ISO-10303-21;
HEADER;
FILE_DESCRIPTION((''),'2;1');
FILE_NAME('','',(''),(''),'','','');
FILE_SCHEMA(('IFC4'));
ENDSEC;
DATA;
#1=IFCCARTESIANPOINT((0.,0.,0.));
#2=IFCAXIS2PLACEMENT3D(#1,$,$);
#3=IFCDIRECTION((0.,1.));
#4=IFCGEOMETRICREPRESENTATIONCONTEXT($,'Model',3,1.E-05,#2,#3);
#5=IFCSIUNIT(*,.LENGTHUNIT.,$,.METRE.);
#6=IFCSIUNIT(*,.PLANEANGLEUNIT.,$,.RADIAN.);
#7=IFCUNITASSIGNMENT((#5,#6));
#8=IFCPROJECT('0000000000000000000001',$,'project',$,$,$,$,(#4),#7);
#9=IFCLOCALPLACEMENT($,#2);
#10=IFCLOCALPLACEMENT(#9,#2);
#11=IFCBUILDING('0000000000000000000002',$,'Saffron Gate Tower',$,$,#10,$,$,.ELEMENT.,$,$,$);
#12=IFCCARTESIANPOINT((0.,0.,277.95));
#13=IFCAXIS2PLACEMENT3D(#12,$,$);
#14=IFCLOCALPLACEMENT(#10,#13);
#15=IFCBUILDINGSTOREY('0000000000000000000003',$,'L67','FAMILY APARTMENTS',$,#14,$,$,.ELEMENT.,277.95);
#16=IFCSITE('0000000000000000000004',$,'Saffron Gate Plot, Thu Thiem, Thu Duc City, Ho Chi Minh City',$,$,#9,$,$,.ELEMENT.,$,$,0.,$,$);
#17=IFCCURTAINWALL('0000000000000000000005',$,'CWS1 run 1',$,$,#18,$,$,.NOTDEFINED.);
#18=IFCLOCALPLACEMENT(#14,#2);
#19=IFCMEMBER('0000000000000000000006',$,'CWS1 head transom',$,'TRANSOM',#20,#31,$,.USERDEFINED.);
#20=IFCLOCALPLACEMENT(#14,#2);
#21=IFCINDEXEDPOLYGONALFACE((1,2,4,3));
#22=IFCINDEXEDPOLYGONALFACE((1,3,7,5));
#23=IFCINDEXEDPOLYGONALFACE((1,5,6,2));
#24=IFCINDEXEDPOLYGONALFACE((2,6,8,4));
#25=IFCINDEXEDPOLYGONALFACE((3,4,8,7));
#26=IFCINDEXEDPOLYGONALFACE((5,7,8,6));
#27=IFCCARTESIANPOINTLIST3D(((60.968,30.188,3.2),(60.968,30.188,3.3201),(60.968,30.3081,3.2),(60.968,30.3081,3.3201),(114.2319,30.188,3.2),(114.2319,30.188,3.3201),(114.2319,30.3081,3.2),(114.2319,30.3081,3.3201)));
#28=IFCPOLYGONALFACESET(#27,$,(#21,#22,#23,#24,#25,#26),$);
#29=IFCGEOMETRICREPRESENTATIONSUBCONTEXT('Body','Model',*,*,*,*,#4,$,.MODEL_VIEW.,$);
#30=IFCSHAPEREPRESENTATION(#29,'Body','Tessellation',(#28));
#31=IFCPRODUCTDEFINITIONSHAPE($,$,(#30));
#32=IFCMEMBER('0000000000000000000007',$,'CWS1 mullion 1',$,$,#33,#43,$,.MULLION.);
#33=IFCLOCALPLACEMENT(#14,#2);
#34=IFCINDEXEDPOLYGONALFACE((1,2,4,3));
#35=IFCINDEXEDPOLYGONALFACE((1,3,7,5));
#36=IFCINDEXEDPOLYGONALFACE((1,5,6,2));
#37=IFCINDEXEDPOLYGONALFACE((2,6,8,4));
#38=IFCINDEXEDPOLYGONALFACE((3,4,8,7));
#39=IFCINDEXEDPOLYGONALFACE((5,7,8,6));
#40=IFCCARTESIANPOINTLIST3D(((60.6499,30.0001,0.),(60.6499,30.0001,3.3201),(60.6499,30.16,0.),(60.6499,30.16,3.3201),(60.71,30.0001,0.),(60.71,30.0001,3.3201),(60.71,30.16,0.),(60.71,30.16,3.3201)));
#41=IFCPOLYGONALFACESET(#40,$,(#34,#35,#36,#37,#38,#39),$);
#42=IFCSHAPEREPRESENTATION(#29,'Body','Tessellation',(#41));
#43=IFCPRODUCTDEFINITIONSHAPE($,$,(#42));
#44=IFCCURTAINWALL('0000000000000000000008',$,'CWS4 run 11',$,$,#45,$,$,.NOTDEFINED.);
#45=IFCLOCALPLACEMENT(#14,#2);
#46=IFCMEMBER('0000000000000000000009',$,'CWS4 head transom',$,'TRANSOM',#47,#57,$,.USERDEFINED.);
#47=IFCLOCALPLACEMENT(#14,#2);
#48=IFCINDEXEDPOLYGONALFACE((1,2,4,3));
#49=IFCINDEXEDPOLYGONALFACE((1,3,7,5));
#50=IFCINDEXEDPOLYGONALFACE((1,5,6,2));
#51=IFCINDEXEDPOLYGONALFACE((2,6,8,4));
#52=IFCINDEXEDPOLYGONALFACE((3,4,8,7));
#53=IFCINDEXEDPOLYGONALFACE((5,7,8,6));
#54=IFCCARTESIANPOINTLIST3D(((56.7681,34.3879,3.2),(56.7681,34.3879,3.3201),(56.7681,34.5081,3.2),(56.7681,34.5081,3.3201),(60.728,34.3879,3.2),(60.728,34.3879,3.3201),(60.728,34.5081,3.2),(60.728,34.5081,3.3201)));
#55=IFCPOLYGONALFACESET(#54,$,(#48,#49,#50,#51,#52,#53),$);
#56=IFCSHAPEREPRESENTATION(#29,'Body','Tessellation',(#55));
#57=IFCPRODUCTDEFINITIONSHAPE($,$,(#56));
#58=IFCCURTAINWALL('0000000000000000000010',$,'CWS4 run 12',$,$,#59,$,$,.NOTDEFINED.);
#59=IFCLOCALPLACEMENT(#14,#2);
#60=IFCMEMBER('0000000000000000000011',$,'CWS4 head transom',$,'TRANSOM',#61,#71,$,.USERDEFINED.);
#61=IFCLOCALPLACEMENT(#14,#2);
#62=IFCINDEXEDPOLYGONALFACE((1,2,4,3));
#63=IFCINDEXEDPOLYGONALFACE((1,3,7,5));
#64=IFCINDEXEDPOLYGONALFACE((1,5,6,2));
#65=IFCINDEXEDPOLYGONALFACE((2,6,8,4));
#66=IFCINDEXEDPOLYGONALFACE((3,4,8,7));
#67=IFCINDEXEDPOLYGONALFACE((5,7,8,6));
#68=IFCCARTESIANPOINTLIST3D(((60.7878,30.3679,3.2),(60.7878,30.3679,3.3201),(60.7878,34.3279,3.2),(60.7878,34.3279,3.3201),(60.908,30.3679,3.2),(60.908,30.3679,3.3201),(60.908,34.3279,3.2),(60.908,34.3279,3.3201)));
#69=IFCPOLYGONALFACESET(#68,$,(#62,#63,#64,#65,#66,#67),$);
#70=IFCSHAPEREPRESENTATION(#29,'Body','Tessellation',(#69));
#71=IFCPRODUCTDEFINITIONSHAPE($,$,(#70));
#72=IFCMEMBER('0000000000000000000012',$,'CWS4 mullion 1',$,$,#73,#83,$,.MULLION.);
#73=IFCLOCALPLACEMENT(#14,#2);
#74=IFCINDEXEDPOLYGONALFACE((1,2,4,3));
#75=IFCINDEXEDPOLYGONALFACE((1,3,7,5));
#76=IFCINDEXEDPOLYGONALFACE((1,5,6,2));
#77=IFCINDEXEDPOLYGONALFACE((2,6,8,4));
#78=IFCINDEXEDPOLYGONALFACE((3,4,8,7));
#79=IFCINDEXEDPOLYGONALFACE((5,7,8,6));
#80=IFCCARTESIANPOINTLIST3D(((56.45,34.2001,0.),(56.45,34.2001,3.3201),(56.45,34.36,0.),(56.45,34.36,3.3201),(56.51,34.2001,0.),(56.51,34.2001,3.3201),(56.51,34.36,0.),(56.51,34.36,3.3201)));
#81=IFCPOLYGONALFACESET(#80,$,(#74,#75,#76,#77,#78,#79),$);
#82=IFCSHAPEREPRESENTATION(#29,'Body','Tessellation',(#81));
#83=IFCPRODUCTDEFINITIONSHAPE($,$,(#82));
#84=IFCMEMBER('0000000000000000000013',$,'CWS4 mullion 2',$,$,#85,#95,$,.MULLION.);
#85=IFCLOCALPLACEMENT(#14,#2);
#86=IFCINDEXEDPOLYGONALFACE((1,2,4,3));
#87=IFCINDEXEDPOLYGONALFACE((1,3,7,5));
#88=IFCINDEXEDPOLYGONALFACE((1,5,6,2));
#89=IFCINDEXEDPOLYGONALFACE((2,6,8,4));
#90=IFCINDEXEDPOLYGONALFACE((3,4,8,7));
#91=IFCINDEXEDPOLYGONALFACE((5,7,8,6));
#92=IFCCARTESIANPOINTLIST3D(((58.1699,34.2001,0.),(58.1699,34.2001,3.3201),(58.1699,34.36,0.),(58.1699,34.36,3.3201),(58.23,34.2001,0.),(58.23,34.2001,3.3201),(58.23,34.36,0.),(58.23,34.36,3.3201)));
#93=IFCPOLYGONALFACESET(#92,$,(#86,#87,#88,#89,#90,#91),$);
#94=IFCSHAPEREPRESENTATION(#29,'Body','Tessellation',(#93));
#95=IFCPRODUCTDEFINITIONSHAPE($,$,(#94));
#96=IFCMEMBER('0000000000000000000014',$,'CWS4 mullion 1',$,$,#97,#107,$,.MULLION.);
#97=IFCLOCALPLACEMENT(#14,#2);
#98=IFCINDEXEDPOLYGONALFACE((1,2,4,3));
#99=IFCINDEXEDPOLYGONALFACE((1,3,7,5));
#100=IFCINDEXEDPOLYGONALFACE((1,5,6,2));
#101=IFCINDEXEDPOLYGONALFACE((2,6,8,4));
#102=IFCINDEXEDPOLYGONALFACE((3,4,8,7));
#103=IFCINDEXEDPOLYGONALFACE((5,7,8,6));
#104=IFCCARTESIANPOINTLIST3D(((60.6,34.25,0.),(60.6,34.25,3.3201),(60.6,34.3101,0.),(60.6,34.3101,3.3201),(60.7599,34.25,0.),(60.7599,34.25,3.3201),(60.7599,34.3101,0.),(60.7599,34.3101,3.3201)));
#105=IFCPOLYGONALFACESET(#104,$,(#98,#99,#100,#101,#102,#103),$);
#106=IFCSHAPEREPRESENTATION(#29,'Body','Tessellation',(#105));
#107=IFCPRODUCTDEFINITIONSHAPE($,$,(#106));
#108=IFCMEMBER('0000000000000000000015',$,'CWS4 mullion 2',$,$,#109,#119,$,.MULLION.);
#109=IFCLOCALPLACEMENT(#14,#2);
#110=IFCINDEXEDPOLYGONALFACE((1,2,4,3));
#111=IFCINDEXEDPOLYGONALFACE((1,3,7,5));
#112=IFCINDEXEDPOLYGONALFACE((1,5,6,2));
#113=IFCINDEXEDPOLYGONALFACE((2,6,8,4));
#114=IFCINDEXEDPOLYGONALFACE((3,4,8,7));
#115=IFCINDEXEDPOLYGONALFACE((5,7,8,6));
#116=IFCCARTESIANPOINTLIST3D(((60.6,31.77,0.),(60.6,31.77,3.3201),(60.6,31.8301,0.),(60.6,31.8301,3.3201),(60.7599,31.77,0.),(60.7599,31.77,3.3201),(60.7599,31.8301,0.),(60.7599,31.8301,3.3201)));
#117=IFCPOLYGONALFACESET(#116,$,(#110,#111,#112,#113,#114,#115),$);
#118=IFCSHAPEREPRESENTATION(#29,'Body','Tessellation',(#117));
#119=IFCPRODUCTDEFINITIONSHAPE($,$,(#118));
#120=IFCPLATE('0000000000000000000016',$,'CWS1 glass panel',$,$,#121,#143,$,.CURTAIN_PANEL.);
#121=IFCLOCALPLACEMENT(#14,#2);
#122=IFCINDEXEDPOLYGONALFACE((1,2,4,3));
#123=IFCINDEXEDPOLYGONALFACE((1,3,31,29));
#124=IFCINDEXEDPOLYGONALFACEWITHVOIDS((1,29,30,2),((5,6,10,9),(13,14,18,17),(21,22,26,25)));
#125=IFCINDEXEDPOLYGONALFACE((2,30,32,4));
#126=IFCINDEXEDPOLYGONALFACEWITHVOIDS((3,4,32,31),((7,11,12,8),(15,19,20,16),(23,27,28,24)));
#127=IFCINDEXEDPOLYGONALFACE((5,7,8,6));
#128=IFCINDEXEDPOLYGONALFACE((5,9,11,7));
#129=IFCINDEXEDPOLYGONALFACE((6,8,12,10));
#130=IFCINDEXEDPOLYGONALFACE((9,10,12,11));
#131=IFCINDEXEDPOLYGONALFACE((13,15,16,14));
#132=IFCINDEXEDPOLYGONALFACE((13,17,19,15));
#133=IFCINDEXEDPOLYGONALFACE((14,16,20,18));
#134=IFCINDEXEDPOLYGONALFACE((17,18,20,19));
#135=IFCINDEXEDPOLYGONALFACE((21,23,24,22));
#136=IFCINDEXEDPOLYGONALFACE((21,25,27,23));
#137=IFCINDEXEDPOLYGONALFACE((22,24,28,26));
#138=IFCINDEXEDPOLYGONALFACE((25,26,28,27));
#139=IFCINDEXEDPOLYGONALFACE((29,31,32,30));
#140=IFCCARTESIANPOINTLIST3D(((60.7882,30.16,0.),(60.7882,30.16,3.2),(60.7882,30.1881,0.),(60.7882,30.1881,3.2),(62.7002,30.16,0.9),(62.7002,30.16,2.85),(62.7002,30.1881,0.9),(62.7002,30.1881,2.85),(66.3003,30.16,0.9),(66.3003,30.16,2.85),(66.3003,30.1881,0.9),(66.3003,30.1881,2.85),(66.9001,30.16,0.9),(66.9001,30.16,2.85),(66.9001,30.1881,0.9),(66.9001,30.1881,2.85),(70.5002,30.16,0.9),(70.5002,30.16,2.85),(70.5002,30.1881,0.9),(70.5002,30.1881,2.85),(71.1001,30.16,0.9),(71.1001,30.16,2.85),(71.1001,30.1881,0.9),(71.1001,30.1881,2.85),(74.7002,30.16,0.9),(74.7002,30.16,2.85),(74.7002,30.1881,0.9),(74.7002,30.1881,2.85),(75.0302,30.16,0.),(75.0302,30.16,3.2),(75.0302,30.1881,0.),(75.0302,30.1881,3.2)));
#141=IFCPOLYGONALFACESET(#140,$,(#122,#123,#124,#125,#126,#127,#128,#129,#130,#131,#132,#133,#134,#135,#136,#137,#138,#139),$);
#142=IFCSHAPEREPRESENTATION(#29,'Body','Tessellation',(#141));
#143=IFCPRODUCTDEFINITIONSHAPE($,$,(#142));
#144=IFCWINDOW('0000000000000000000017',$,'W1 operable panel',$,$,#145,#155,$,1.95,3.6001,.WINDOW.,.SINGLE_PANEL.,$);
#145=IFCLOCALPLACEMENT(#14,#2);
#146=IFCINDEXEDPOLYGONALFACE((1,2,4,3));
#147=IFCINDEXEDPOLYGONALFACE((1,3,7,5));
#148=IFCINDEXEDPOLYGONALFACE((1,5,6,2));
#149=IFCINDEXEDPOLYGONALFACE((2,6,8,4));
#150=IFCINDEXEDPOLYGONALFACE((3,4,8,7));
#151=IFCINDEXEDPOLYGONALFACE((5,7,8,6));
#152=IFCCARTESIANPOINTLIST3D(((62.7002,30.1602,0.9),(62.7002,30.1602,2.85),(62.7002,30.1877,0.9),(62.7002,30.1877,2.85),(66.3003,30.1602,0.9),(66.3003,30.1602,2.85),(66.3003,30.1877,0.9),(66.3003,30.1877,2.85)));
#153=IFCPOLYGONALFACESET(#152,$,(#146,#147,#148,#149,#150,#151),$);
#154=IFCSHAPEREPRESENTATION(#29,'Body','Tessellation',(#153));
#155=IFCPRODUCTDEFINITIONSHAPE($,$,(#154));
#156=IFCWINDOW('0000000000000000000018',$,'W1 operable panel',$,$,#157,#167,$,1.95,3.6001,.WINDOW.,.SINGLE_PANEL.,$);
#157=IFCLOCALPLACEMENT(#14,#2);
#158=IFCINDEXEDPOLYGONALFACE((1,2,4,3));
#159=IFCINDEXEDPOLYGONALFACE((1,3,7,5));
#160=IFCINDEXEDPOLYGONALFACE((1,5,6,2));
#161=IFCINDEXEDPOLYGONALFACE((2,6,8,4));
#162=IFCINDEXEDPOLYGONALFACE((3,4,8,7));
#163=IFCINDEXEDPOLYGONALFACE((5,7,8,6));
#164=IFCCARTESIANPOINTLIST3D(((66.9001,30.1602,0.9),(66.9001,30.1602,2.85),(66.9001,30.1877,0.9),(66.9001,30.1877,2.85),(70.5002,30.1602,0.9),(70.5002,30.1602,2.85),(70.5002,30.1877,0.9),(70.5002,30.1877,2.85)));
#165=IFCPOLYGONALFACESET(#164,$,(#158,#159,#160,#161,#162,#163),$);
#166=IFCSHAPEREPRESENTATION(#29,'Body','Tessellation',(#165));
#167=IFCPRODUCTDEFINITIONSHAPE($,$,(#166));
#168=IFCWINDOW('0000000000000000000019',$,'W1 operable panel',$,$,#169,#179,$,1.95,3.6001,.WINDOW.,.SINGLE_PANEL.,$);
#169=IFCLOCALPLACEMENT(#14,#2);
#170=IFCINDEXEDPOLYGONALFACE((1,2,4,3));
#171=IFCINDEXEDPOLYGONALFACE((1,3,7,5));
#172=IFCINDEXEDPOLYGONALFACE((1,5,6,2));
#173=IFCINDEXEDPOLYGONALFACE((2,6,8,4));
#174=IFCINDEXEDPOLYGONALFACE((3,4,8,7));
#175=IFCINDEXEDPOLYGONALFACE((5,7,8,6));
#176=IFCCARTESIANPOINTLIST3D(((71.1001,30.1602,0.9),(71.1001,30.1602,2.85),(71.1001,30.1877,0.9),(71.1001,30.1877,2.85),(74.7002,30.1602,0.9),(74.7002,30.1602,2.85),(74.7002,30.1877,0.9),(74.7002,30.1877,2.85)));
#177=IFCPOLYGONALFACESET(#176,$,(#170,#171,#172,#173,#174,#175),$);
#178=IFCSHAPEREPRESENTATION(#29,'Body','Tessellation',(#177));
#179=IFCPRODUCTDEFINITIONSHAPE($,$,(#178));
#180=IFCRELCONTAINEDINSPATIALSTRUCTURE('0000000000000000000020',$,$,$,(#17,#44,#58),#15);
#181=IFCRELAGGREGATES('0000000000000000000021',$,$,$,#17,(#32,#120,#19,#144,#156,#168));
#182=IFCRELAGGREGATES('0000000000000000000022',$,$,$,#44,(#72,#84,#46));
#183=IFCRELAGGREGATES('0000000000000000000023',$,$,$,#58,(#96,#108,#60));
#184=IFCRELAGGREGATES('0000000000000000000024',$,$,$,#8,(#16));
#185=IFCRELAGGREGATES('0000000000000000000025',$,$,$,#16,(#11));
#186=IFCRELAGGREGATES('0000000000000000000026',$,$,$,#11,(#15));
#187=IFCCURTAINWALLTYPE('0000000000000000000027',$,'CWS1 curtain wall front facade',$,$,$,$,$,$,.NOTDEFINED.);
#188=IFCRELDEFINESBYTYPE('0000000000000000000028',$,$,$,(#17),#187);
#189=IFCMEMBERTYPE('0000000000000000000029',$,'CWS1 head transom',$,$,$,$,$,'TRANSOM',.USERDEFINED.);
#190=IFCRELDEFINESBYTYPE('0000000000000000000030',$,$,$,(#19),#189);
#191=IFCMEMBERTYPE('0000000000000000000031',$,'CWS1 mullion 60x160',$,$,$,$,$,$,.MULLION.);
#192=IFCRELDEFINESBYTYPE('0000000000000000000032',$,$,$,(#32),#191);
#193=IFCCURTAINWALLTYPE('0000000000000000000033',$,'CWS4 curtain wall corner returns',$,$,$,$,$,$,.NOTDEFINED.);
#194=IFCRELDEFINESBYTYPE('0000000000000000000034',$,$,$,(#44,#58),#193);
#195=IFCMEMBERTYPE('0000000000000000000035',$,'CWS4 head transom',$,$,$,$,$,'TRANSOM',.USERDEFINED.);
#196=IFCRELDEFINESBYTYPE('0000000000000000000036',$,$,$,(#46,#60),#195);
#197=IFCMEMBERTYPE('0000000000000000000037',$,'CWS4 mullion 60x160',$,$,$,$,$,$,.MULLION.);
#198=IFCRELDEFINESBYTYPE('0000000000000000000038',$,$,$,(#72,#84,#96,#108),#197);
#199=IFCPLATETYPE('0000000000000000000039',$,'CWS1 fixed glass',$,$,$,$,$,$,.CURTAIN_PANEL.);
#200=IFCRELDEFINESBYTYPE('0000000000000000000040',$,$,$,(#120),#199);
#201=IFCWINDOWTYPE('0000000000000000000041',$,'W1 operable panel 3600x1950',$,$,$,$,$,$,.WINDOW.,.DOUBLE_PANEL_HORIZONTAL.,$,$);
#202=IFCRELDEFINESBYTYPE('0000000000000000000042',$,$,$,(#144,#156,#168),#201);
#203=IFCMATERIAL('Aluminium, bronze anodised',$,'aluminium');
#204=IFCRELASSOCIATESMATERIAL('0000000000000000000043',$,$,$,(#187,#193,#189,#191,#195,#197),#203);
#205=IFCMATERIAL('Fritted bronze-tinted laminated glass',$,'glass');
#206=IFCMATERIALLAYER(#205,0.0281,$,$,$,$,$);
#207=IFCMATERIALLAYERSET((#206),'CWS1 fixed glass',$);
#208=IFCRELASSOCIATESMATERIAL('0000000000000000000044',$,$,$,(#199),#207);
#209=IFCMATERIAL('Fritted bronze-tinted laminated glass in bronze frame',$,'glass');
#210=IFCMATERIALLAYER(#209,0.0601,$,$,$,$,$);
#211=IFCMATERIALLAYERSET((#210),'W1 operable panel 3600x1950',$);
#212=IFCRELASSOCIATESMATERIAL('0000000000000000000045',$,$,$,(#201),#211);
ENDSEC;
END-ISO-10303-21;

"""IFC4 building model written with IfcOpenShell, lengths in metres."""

from ifc_helpers import new_model, si_unit, direction, frame, frame_2d, origin, origin_2d, place, context, subcontext, project, spatial, rectangle, extrude, material, layer, layer_set, material_profile, profile_set, type_object, element, fill, aggregate, save


model = new_model("IFC4")

# Units and contexts
model_context = context("Model", 3, precision=1e-05, world=origin(), true_north=direction((0.0, 1.0)))
body_context = subcontext(model_context, "Body", "Model", "MODEL_VIEW")
ifc_project = project(units=[si_unit("LENGTHUNIT", "METRE"), si_unit("PLANEANGLEUNIT", "RADIAN")], contexts=[model_context])

# Site, building, storey
site_placement = place(None, origin())
site = spatial("IfcSite", under=ifc_project, at=site_placement, Name="Saffron Gate Plot, Thu Thiem, Thu Duc City, Ho Chi Minh City", CompositionType="ELEMENT", RefElevation=0.0)
building_placement = place(site_placement, origin())
building = spatial("IfcBuilding", under=site, at=building_placement, Name="Saffron Gate Tower", CompositionType="ELEMENT")
storey_placement = place(building_placement, frame((0.0, 0.0, 277.95)))
storey = spatial("IfcBuildingStorey", under=building, at=storey_placement, Name="L67", Description="FAMILY APARTMENTS", CompositionType="ELEMENT", Elevation=277.95)

# Curtain wall, members
ifc_material_1 = material(Name="Aluminium, bronze anodised", Category="aluminium")
curtain_wall_type_1 = type_object("IfcCurtainWallType", Name="CWS1 curtain wall front facade", PredefinedType="NOTDEFINED", material=ifc_material_1)
curtain_wall_1_placement = place(storey_placement, origin())
curtain_wall_1 = element("IfcCurtainWall", 1, at=curtain_wall_1_placement, inside=storey, type_object=curtain_wall_type_1, Name="CWS1 run 1", PredefinedType="NOTDEFINED")
ifc_material_profile_1 = material_profile(ifc_material_1, rectangle(XDim=0.1201, YDim=0.1201, at=origin_2d()))
ifc_profile_set_1 = profile_set([ifc_material_profile_1], Name="Aluminium, bronze anodised")
member_type_1 = type_object("IfcMemberType", Name="CWS1 head transom", ElementType="TRANSOM", PredefinedType="USERDEFINED", material=ifc_profile_set_1)
member_1_placement = place(storey_placement, frame((60.968, 30.248, 3.26), z_axis=(1.0, 0.0, 0.0), x_axis=(0.0, 1.0, 0.0)))
member_1 = element("IfcMember", 2, at=member_1_placement, type_object=member_type_1, Name="CWS1 head transom", ObjectType="TRANSOM", PredefinedType="USERDEFINED", context=body_context, shape_type="SweptSolid", body=[
    extrude(rectangle(XDim=0.1201, YDim=0.1201, at=origin_2d()), origin(), (0.0, 0.0, 1.0), 53.2639),
])
ifc_material_profile_2 = material_profile(ifc_material_1, rectangle(XDim=0.1599, YDim=0.0601, at=origin_2d()))
ifc_profile_set_2 = profile_set([ifc_material_profile_2], Name="Aluminium, bronze anodised")
member_type_2 = type_object("IfcMemberType", Name="CWS1 mullion 60x160", PredefinedType="MULLION", material=ifc_profile_set_2)
member_2_placement = place(storey_placement, frame((60.6799, 30.0801, 0.0), z_axis=(0.0, 0.0, 1.0), x_axis=(0.0, 1.0, 0.0)))
member_2 = element("IfcMember", 3, at=member_2_placement, type_object=member_type_2, Name="CWS1 mullion 1", PredefinedType="MULLION", context=body_context, shape_type="SweptSolid", body=[
    extrude(rectangle(XDim=0.1599, YDim=0.0601, at=origin_2d()), origin(), (0.0, 0.0, 1.0), 3.3201),
])

# Curtain walls, members
curtain_wall_type_2 = type_object("IfcCurtainWallType", Name="CWS4 curtain wall corner returns", PredefinedType="NOTDEFINED", material=ifc_material_1)
curtain_wall_2_placement = place(storey_placement, origin())
curtain_wall_2 = element("IfcCurtainWall", 4, at=curtain_wall_2_placement, inside=storey, type_object=curtain_wall_type_2, Name="CWS4 run 11", PredefinedType="NOTDEFINED")
ifc_material_profile_3 = material_profile(ifc_material_1, rectangle(XDim=0.1201, YDim=0.1201, at=origin_2d()))
ifc_profile_set_3 = profile_set([ifc_material_profile_3], Name="Aluminium, bronze anodised")
member_type_3 = type_object("IfcMemberType", Name="CWS4 head transom", ElementType="TRANSOM", PredefinedType="USERDEFINED", material=ifc_profile_set_3)
member_3_placement = place(storey_placement, frame((56.7681, 34.448, 3.26), z_axis=(1.0, 0.0, 0.0), x_axis=(0.0, 1.0, 0.0)))
member_3 = element("IfcMember", 5, at=member_3_placement, type_object=member_type_3, Name="CWS4 head transom", ObjectType="TRANSOM", PredefinedType="USERDEFINED", context=body_context, shape_type="SweptSolid", body=[
    extrude(rectangle(XDim=0.1201, YDim=0.1201, at=origin_2d()), origin(), (0.0, 0.0, 1.0), 3.96),
])
curtain_wall_3_placement = place(storey_placement, origin())
curtain_wall_3 = element("IfcCurtainWall", 6, at=curtain_wall_3_placement, inside=storey, type_object=curtain_wall_type_2, Name="CWS4 run 12", PredefinedType="NOTDEFINED")
member_4_placement = place(storey_placement, frame((60.8479, 34.3279, 3.26), z_axis=(0.0, -1.0, 0.0), x_axis=(1.0, 0.0, 0.0)))
member_4 = element("IfcMember", 7, at=member_4_placement, type_object=member_type_3, Name="CWS4 head transom", ObjectType="TRANSOM", PredefinedType="USERDEFINED", context=body_context, shape_type="SweptSolid", body=[
    extrude(rectangle(XDim=0.1201, YDim=0.1201, at=origin_2d()), origin(), (0.0, 0.0, 1.0), 3.96),
])

# Members
ifc_material_profile_4 = material_profile(ifc_material_1, rectangle(XDim=0.1599, YDim=0.0601, at=origin_2d()))
ifc_profile_set_4 = profile_set([ifc_material_profile_4], Name="Aluminium, bronze anodised")
member_type_4 = type_object("IfcMemberType", Name="CWS4 mullion 60x160", PredefinedType="MULLION", material=ifc_profile_set_4)
member_5_placement = place(storey_placement, frame((56.48, 34.28, 0.0), z_axis=(0.0, 0.0, 1.0), x_axis=(0.0, 1.0, 0.0)))
member_5 = element("IfcMember", 8, at=member_5_placement, type_object=member_type_4, Name="CWS4 mullion 1", PredefinedType="MULLION", context=body_context, shape_type="SweptSolid", body=[
    extrude(rectangle(XDim=0.1599, YDim=0.0601, at=origin_2d()), origin(), (0.0, 0.0, 1.0), 3.3201),
])
member_6_placement = place(storey_placement, frame((58.2, 34.28, 0.0), z_axis=(0.0, 0.0, 1.0), x_axis=(0.0, 1.0, 0.0)))
member_6 = element("IfcMember", 9, at=member_6_placement, type_object=member_type_4, Name="CWS4 mullion 2", PredefinedType="MULLION", context=body_context, shape_type="SweptSolid", body=[
    extrude(rectangle(XDim=0.1599, YDim=0.0601, at=origin_2d()), origin(), (0.0, 0.0, 1.0), 3.3201),
])
member_7_placement = place(storey_placement, frame((60.6799, 34.28, 0.0), z_axis=(0.0, 0.0, 1.0), x_axis=(1.0, 0.0, 0.0)))
member_7 = element("IfcMember", 10, at=member_7_placement, type_object=member_type_4, Name="CWS4 mullion 1", PredefinedType="MULLION", context=body_context, shape_type="SweptSolid", body=[
    extrude(rectangle(XDim=0.1599, YDim=0.0601, at=origin_2d()), origin(), (0.0, 0.0, 1.0), 3.3201),
])
member_8_placement = place(storey_placement, frame((60.6799, 31.8, 0.0), z_axis=(0.0, 0.0, 1.0), x_axis=(1.0, 0.0, 0.0)))
member_8 = element("IfcMember", 11, at=member_8_placement, type_object=member_type_4, Name="CWS4 mullion 2", PredefinedType="MULLION", context=body_context, shape_type="SweptSolid", body=[
    extrude(rectangle(XDim=0.1599, YDim=0.0601, at=origin_2d()), origin(), (0.0, 0.0, 1.0), 3.3201),
])

# Plate, openings, windows
ifc_material_2 = material(Name="Fritted bronze-tinted laminated glass", Category="glass")
ifc_layer_1 = layer(ifc_material_2, 0.0281)
ifc_layer_set_1 = layer_set([ifc_layer_1], Name="CWS1 fixed glass")
plate_type_1 = type_object("IfcPlateType", Name="CWS1 fixed glass", PredefinedType="CURTAIN_PANEL", material=ifc_layer_set_1)
plate_1_placement = place(storey_placement, frame((60.7881, 30.1741, 0.0), z_axis=(0.0, 0.0, 1.0), x_axis=(1.0, 0.0, 0.0)))
plate_1 = element("IfcPlate", 12, at=plate_1_placement, type_object=plate_type_1, Name="CWS1 glass panel", PredefinedType="CURTAIN_PANEL", context=body_context, shape_type="SweptSolid", body=[
    extrude(rectangle(XDim=14.2419, YDim=0.0281, at=frame_2d((7.1211, 0.0))), origin(), (0.0, 0.0, 1.0), 3.2),
])
opening_1_placement = place(plate_1_placement, frame((1.9121, 0.0, 0.8999)))
opening_1 = element("IfcOpeningElement", 13, at=opening_1_placement, cuts=plate_1, PredefinedType="OPENING", context=body_context, shape_type="SweptSolid", body=[
    extrude(rectangle(XDim=3.6001, YDim=1.95, at=frame_2d((1.8, 0.9751))), frame((0.0, 0.0239, 0.0), z_axis=(0.0, -1.0, 0.0), x_axis=(1.0, 0.0, 0.0)), (0.0, 0.0, 1.0), 0.0481),
])
opening_2_placement = place(plate_1_placement, frame((6.1121, 0.0, 0.8999)))
opening_2 = element("IfcOpeningElement", 14, at=opening_2_placement, cuts=plate_1, PredefinedType="OPENING", context=body_context, shape_type="SweptSolid", body=[
    extrude(rectangle(XDim=3.6001, YDim=1.95, at=frame_2d((1.8, 0.9751))), frame((0.0, 0.0239, 0.0), z_axis=(0.0, -1.0, 0.0), x_axis=(1.0, 0.0, 0.0)), (0.0, 0.0, 1.0), 0.0481),
])
opening_3_placement = place(plate_1_placement, frame((10.312, 0.0, 0.8999)))
opening_3 = element("IfcOpeningElement", 15, at=opening_3_placement, cuts=plate_1, PredefinedType="OPENING", context=body_context, shape_type="SweptSolid", body=[
    extrude(rectangle(XDim=3.6001, YDim=1.95, at=frame_2d((1.8, 0.9751))), frame((0.0, 0.0239, 0.0), z_axis=(0.0, -1.0, 0.0), x_axis=(1.0, 0.0, 0.0)), (0.0, 0.0, 1.0), 0.0481),
])
ifc_material_3 = material(Name="Fritted bronze-tinted laminated glass in bronze frame", Category="glass")
ifc_layer_2 = layer(ifc_material_3, 0.0601)
ifc_layer_set_2 = layer_set([ifc_layer_2], Name="W1 operable panel 3600x1950")
window_type = type_object("IfcWindowType", Name="W1 operable panel 3600x1950", PartitioningType="DOUBLE_PANEL_HORIZONTAL", PredefinedType="WINDOW", material=ifc_layer_set_2)
window_1_placement = place(opening_1_placement, origin())
window_1 = element("IfcWindow", 16, at=window_1_placement, type_object=window_type, Name="W1 operable panel", OverallHeight=1.95, OverallWidth=3.6001, PartitioningType="SINGLE_PANEL", PredefinedType="WINDOW", context=body_context, shape_type="SweptSolid", body=[
    extrude(rectangle(XDim=3.6001, YDim=1.95, at=frame_2d((1.8, 0.9751))), frame((0.0, 0.0137, 0.0), z_axis=(0.0, -1.0, 0.0), x_axis=(1.0, 0.0, 0.0)), (0.0, 0.0, 1.0), 0.0276),
])
fill(opening_1, window_1)
window_2_placement = place(opening_2_placement, origin())
window_2 = element("IfcWindow", 17, at=window_2_placement, type_object=window_type, Name="W1 operable panel", OverallHeight=1.95, OverallWidth=3.6001, PartitioningType="SINGLE_PANEL", PredefinedType="WINDOW", context=body_context, shape_type="SweptSolid", body=[
    extrude(rectangle(XDim=3.6001, YDim=1.95, at=frame_2d((1.8, 0.9751))), frame((0.0, 0.0137, 0.0), z_axis=(0.0, -1.0, 0.0), x_axis=(1.0, 0.0, 0.0)), (0.0, 0.0, 1.0), 0.0276),
])
fill(opening_2, window_2)
window_3_placement = place(opening_3_placement, origin())
window_3 = element("IfcWindow", 18, at=window_3_placement, type_object=window_type, Name="W1 operable panel", OverallHeight=1.95, OverallWidth=3.6001, PartitioningType="SINGLE_PANEL", PredefinedType="WINDOW", context=body_context, shape_type="SweptSolid", body=[
    extrude(rectangle(XDim=3.6001, YDim=1.95, at=frame_2d((1.8, 0.9751))), frame((0.0, 0.0137, 0.0), z_axis=(0.0, -1.0, 0.0), x_axis=(1.0, 0.0, 0.0)), (0.0, 0.0, 1.0), 0.0276),
])
fill(opening_3, window_3)
aggregate(curtain_wall_1, [member_2, plate_1, member_1, window_1, window_2, window_3])

aggregate(curtain_wall_2, [member_5, member_6, member_3])
aggregate(curtain_wall_3, [member_7, member_8, member_4])

save(model, "model.ifc")
